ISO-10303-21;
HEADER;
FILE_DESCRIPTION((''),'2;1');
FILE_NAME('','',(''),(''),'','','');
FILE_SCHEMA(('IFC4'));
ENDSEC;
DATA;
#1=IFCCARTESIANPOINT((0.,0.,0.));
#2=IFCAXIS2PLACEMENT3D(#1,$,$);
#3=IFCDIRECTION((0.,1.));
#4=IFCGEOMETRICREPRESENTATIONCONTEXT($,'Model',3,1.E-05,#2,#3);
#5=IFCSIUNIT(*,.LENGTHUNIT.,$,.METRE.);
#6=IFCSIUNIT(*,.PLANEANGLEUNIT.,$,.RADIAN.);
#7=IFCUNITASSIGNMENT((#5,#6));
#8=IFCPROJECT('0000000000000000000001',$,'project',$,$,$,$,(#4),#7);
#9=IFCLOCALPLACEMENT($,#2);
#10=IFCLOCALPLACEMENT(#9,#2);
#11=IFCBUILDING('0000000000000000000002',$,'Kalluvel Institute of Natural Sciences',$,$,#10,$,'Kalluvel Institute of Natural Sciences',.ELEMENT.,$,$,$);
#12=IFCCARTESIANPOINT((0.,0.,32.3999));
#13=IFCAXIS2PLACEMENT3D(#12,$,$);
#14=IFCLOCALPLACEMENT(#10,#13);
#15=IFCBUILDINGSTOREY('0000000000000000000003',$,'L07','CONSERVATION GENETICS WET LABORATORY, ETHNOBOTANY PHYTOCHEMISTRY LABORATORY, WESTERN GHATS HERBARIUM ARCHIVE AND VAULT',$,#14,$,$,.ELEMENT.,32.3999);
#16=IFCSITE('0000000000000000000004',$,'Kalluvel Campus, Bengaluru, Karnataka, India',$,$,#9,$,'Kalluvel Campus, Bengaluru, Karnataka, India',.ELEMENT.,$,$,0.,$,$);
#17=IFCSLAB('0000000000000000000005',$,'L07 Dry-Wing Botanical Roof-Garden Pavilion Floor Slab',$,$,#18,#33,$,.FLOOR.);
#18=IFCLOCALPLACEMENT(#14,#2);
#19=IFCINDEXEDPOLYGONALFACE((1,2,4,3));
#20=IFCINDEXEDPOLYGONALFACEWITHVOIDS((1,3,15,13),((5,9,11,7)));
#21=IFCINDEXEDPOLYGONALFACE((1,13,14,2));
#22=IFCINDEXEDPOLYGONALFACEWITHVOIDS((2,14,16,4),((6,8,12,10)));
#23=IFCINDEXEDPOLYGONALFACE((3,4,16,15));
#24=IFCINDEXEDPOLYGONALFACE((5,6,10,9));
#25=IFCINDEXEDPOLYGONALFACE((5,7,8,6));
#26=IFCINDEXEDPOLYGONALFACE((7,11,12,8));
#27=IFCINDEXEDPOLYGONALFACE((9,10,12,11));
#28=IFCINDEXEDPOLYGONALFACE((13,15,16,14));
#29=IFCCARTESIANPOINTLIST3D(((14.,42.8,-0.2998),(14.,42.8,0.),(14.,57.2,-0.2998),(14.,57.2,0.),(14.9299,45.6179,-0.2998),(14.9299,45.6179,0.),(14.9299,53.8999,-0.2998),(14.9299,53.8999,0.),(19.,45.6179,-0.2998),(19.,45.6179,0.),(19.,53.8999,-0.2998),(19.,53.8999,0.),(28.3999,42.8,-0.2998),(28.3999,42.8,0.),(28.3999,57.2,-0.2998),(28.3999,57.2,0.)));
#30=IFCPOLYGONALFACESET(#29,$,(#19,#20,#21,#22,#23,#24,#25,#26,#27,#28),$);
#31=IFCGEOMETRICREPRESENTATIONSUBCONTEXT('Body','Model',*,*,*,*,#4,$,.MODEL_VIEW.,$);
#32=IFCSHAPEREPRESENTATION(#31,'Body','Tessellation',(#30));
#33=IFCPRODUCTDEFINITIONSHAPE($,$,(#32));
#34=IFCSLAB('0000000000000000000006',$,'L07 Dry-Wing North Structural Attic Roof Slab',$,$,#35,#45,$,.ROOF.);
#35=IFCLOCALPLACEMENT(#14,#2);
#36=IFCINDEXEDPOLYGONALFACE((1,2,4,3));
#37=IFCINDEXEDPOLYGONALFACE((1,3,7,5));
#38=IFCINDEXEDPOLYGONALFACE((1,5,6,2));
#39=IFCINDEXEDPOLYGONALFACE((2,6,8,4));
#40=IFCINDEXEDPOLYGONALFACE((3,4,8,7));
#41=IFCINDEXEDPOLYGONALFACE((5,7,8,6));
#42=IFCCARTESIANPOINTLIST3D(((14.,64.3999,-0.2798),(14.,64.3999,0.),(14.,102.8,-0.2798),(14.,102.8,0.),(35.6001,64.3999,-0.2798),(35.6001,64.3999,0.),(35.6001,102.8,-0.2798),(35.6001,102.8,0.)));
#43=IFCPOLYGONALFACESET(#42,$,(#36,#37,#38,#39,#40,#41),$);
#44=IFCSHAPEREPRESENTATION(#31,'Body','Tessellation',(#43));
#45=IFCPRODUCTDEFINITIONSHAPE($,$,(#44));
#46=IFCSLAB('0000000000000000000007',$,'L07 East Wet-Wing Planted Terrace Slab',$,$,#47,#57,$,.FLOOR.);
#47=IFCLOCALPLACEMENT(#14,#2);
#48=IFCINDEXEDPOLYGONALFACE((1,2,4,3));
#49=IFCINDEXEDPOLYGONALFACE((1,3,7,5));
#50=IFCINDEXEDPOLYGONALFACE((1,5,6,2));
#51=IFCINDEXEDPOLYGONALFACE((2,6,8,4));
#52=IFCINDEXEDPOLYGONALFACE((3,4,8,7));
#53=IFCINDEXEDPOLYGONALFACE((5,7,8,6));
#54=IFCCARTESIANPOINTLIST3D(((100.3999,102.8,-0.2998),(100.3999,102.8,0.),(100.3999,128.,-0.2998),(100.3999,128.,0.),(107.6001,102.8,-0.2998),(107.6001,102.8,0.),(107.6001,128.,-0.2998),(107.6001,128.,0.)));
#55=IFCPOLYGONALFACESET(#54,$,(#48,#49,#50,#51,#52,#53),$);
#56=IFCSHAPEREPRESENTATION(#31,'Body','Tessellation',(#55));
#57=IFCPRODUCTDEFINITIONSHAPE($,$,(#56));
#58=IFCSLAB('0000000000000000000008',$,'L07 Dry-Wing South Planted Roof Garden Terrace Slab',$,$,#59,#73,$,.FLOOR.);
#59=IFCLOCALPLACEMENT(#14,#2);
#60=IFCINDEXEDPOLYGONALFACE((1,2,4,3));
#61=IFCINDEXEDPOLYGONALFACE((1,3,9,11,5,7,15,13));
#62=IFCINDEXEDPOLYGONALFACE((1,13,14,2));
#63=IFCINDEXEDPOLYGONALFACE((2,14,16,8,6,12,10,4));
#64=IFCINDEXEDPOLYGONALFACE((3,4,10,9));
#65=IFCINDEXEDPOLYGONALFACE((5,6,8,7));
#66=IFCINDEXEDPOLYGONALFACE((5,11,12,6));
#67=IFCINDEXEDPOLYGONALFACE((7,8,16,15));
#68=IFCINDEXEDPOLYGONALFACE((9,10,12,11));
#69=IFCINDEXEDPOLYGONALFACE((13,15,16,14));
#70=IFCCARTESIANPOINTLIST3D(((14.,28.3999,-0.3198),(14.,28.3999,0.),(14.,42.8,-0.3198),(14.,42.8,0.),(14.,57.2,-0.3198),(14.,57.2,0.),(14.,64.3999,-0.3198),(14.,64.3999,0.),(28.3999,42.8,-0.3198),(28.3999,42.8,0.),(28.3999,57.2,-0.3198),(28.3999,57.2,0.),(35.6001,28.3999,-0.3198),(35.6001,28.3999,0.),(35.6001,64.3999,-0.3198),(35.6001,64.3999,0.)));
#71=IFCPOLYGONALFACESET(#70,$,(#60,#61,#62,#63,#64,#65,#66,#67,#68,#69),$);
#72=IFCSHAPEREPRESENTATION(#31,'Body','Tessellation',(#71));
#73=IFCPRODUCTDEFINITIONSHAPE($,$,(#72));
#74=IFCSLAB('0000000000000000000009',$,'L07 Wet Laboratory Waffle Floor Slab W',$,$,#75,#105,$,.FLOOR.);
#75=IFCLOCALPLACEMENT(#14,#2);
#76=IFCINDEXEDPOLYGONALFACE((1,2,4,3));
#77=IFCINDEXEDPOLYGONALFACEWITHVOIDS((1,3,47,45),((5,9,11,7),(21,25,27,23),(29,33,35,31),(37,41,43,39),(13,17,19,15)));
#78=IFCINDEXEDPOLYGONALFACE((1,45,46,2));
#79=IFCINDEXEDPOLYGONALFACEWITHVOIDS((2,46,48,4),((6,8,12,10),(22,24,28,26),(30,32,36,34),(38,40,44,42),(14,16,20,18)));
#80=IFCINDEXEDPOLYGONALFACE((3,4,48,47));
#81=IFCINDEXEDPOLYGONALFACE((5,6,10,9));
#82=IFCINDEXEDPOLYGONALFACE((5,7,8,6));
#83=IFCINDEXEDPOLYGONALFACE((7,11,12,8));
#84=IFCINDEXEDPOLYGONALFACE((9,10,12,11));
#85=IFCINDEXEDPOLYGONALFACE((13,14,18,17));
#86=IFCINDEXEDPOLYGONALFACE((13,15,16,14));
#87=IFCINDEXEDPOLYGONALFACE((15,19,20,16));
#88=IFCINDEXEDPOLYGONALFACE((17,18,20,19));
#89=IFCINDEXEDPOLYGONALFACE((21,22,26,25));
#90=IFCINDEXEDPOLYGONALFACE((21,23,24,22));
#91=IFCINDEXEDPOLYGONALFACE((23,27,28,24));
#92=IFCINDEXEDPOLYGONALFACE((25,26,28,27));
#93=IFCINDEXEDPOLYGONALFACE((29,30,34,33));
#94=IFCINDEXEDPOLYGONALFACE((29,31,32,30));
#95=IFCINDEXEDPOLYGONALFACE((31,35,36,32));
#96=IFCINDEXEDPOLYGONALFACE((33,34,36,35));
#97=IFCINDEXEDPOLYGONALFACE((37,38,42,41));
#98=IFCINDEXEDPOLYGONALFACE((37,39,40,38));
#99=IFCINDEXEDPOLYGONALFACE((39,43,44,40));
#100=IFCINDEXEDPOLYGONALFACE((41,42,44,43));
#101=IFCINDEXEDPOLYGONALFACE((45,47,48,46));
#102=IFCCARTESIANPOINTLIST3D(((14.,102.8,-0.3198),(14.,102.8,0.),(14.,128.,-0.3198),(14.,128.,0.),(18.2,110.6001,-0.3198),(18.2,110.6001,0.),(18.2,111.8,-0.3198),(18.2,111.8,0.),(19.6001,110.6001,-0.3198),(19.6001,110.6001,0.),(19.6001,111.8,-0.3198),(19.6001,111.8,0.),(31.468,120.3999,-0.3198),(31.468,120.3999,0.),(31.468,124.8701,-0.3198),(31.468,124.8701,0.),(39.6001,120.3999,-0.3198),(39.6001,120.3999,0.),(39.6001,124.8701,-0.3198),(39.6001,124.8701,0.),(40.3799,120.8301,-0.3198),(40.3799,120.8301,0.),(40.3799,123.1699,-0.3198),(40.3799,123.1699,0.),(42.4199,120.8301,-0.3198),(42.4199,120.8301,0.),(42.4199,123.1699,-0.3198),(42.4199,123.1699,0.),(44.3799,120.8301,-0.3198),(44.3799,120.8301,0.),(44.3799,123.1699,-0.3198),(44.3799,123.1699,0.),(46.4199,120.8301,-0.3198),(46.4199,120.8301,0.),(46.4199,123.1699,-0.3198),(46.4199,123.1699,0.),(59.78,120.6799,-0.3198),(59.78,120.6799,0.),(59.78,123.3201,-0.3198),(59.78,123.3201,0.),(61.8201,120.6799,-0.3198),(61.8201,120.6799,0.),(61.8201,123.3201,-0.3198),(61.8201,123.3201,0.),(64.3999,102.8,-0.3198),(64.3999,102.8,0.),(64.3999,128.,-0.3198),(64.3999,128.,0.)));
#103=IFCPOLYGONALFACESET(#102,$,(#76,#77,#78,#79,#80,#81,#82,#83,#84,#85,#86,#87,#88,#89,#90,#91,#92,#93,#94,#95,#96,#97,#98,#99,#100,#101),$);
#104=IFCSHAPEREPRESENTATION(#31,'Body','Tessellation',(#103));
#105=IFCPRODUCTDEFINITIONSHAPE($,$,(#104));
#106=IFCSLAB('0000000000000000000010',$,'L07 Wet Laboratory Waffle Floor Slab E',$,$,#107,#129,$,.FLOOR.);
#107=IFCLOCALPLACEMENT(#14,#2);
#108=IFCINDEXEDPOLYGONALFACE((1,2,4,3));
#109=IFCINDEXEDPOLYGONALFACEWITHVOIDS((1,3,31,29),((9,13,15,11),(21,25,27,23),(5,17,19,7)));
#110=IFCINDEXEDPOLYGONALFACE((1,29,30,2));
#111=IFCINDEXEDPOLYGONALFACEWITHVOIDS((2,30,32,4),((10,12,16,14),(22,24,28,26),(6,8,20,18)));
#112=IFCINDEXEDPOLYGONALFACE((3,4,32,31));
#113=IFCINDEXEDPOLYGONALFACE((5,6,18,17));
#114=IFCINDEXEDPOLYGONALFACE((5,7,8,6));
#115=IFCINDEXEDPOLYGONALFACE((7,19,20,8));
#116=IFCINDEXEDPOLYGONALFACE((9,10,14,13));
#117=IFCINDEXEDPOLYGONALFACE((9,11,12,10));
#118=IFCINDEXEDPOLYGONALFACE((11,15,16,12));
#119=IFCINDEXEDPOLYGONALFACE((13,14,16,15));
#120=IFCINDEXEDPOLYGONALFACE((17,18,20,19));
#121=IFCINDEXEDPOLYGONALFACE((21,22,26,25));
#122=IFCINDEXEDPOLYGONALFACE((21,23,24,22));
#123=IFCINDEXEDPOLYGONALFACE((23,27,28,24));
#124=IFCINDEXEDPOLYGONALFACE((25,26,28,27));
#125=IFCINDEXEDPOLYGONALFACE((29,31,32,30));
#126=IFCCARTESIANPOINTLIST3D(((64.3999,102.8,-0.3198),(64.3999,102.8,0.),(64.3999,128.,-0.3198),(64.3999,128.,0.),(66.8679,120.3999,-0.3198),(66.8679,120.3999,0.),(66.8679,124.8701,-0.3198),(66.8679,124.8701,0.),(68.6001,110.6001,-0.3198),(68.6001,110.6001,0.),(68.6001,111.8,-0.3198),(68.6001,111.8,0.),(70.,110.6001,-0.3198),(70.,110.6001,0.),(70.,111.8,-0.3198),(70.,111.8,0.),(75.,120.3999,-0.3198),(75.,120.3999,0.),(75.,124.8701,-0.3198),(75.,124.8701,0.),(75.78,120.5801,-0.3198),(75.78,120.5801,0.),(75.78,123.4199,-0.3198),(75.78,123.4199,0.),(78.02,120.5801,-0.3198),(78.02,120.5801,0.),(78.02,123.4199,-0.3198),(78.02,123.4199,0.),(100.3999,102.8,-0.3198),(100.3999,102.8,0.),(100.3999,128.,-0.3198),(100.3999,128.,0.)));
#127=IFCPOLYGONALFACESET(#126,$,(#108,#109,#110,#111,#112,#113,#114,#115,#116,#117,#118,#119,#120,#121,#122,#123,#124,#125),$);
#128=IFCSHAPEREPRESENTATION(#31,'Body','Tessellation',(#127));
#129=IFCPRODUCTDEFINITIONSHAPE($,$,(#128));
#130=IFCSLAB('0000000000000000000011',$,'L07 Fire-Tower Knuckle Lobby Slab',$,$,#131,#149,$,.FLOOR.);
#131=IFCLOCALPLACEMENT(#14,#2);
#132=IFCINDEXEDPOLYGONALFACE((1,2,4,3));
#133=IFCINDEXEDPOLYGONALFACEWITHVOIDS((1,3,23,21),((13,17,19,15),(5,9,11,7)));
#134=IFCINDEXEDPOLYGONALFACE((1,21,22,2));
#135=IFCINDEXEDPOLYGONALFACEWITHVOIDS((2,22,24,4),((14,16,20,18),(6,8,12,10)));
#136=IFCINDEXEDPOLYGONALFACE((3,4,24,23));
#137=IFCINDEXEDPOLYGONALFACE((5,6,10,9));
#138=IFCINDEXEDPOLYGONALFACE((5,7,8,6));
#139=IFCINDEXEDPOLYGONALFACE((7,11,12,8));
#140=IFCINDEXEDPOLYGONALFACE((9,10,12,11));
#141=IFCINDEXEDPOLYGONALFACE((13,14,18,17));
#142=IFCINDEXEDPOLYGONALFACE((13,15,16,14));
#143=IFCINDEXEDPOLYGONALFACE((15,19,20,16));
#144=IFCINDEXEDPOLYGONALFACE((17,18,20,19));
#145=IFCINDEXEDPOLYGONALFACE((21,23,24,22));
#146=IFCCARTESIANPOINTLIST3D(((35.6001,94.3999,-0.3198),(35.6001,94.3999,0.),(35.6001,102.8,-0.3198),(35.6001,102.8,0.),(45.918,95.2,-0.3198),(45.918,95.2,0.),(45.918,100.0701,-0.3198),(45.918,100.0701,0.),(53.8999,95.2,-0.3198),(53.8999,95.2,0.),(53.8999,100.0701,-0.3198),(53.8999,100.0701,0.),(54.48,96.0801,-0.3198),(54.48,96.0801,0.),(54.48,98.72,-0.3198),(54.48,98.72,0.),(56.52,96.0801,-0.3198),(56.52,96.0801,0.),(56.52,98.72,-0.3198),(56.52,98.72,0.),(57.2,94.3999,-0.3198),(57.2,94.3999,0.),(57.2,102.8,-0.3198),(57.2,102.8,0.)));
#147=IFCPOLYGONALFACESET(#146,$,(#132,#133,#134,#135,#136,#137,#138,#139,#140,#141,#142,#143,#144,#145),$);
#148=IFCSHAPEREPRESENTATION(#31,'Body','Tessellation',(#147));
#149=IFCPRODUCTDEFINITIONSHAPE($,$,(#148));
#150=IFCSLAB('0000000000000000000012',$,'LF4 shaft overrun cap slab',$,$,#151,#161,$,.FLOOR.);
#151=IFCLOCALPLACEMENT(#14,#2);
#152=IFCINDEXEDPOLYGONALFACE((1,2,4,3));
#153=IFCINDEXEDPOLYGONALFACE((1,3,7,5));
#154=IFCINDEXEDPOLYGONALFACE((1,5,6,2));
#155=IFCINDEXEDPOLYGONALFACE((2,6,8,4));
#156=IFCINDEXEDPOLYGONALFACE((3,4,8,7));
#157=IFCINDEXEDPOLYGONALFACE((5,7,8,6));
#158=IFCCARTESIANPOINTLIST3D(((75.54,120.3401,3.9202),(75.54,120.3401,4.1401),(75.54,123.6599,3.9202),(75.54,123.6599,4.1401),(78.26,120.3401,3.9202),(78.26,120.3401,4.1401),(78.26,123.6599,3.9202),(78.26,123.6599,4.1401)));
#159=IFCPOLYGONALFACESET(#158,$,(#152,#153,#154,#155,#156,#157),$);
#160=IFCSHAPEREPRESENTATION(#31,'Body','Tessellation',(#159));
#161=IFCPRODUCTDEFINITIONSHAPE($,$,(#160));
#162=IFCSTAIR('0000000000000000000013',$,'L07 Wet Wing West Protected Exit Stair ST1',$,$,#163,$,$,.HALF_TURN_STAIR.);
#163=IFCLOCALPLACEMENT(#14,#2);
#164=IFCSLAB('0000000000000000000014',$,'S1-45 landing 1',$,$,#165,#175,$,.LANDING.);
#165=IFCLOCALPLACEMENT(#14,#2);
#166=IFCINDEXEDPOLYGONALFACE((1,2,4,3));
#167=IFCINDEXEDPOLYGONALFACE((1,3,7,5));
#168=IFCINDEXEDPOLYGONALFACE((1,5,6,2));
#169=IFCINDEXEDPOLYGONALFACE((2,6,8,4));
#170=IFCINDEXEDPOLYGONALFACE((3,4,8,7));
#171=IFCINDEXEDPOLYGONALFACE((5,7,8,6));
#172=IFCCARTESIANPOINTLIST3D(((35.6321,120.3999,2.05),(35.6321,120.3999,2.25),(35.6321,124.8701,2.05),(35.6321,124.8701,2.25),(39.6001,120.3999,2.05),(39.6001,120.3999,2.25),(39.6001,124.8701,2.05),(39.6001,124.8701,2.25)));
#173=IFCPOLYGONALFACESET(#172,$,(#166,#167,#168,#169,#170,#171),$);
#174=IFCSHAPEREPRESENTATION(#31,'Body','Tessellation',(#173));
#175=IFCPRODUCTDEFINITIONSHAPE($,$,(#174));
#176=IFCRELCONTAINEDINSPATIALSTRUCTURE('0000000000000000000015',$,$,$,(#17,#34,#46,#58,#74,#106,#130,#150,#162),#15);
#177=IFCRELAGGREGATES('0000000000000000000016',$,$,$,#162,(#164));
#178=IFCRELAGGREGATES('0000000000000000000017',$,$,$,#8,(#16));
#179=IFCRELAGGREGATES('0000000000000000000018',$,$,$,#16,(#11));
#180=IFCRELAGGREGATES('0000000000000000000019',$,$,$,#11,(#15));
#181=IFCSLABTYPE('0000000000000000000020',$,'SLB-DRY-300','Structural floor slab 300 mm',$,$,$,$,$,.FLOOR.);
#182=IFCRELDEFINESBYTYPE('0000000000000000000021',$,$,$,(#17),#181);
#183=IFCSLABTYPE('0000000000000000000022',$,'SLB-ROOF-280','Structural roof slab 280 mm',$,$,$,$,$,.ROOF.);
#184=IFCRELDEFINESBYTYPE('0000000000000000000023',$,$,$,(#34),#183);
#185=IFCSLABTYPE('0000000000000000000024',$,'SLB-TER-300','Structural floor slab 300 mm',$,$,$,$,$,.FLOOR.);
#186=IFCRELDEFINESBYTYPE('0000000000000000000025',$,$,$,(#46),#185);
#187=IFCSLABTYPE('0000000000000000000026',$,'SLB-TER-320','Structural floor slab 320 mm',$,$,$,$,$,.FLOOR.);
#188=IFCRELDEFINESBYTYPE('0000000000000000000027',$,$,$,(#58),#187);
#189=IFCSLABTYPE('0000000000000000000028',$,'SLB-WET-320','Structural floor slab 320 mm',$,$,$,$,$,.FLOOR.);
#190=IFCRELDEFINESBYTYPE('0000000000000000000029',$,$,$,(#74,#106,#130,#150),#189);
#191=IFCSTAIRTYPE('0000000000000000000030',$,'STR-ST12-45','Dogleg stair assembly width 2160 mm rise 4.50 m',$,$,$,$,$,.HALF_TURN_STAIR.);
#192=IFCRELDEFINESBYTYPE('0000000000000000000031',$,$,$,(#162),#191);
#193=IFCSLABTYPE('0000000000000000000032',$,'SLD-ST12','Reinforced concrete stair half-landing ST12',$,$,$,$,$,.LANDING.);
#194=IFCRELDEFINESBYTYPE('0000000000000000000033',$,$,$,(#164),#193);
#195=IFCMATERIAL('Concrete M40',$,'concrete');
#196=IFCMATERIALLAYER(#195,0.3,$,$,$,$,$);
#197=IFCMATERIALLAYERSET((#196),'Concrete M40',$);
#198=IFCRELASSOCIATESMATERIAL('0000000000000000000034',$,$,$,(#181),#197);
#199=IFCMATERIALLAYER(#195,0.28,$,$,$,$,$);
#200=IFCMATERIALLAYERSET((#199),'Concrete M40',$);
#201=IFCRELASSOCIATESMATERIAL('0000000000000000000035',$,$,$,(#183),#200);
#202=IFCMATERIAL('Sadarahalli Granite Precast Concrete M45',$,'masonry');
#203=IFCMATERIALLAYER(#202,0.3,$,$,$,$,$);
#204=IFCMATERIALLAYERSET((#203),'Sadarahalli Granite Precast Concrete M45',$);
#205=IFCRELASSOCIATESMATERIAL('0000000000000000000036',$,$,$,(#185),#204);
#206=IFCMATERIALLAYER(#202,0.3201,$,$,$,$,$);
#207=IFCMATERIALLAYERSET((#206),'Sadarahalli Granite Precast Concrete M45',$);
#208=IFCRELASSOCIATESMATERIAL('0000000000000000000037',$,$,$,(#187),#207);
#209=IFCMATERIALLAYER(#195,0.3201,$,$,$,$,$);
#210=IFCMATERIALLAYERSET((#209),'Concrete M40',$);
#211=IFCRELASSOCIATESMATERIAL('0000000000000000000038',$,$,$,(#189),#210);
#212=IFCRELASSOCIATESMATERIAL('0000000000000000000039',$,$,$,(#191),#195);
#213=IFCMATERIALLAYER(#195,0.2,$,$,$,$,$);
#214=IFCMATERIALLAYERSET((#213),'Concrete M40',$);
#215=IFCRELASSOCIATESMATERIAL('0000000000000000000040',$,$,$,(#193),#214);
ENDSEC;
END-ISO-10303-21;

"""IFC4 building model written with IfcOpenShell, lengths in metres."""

from ifc_helpers import new_model, si_unit, direction, frame, origin, place, context, subcontext, project, spatial, polyline, outline, extrude, material, layer, layer_set, type_object, element, aggregate, save


model = new_model("IFC4")

# Units and contexts
model_context = context("Model", 3, precision=1e-05, world=origin(), true_north=direction((0.0, 1.0)))
body_context = subcontext(model_context, "Body", "Model", "MODEL_VIEW")
ifc_project = project(units=[si_unit("LENGTHUNIT", "METRE"), si_unit("PLANEANGLEUNIT", "RADIAN")], contexts=[model_context])

# Site, building, storey
site_placement = place(None, origin())
site = spatial("IfcSite", under=ifc_project, at=site_placement, Name="Kalluvel Campus, Bengaluru, Karnataka, India", LongName="Kalluvel Campus, Bengaluru, Karnataka, India", CompositionType="ELEMENT", RefElevation=0.0)
building_placement = place(site_placement, origin())
building = spatial("IfcBuilding", under=site, at=building_placement, Name="Kalluvel Institute of Natural Sciences", LongName="Kalluvel Institute of Natural Sciences", CompositionType="ELEMENT")
storey_placement = place(building_placement, frame((0.0, 0.0, 32.3999)))
storey = spatial("IfcBuildingStorey", under=building, at=storey_placement, Name="L07", Description="CONSERVATION GENETICS WET LABORATORY, ETHNOBOTANY PHYTOCHEMISTRY LABORATORY, WESTERN GHATS HERBARIUM ARCHIVE AND VAULT", CompositionType="ELEMENT", Elevation=32.3999)

# Shared definitions
ifc_material_1 = material(Name="Concrete M40", Category="concrete")

# Slabs
ifc_layer_1 = layer(ifc_material_1, 0.3)
ifc_layer_set_1 = layer_set([ifc_layer_1], Name="Concrete M40")
slab_type_1 = type_object("IfcSlabType", Name="SLB-DRY-300", Description="Structural floor slab 300 mm", PredefinedType="FLOOR", material=ifc_layer_set_1)
slab_1_placement = place(storey_placement, frame((0.0, 0.0, -0.2998)))
element("IfcSlab", 1, at=slab_1_placement, inside=storey, type_object=slab_type_1, Name="L07 Dry-Wing Botanical Roof-Garden Pavilion Floor Slab", PredefinedType="FLOOR", context=body_context, shape_type="SweptSolid", body=[
    extrude(outline(polyline([(14.0, 42.8), (28.3999, 42.8), (28.3999, 57.2), (14.0, 57.2), (14.0, 42.8)]), holes=[polyline([(19.0, 45.6179), (14.9299, 45.6179), (14.9299, 53.8999), (19.0, 53.8999), (19.0, 45.6179)])]), origin(), (0.0, 0.0, 1.0), 0.2998),
])
ifc_layer_2 = layer(ifc_material_1, 0.28)
ifc_layer_set_2 = layer_set([ifc_layer_2], Name="Concrete M40")
slab_type_2 = type_object("IfcSlabType", Name="SLB-ROOF-280", Description="Structural roof slab 280 mm", PredefinedType="ROOF", material=ifc_layer_set_2)
slab_2_placement = place(storey_placement, frame((0.0, 0.0, -0.2798)))
element("IfcSlab", 2, at=slab_2_placement, inside=storey, type_object=slab_type_2, Name="L07 Dry-Wing North Structural Attic Roof Slab", PredefinedType="ROOF", context=body_context, shape_type="SweptSolid", body=[
    extrude(outline(polyline([(14.0, 64.3999), (35.6001, 64.3999), (35.6001, 102.8), (14.0, 102.8), (14.0, 64.3999)])), origin(), (0.0, 0.0, 1.0), 0.2798),
])
ifc_material_2 = material(Name="Sadarahalli Granite Precast Concrete M45", Category="masonry")
ifc_layer_3 = layer(ifc_material_2, 0.3)
ifc_layer_set_3 = layer_set([ifc_layer_3], Name="Sadarahalli Granite Precast Concrete M45")
slab_type_3 = type_object("IfcSlabType", Name="SLB-TER-300", Description="Structural floor slab 300 mm", PredefinedType="FLOOR", material=ifc_layer_set_3)
slab_3_placement = place(storey_placement, frame((0.0, 0.0, -0.2998)))
element("IfcSlab", 3, at=slab_3_placement, inside=storey, type_object=slab_type_3, Name="L07 East Wet-Wing Planted Terrace Slab", PredefinedType="FLOOR", context=body_context, shape_type="SweptSolid", body=[
    extrude(outline(polyline([(100.3999, 102.8), (107.6001, 102.8), (107.6001, 128.0), (100.3999, 128.0), (100.3999, 102.8)])), origin(), (0.0, 0.0, 1.0), 0.2998),
])
ifc_layer_4 = layer(ifc_material_2, 0.3201)
ifc_layer_set_4 = layer_set([ifc_layer_4], Name="Sadarahalli Granite Precast Concrete M45")
slab_type_4 = type_object("IfcSlabType", Name="SLB-TER-320", Description="Structural floor slab 320 mm", PredefinedType="FLOOR", material=ifc_layer_set_4)
slab_4_placement = place(storey_placement, frame((0.0, 0.0, -0.3198)))
element("IfcSlab", 4, at=slab_4_placement, inside=storey, type_object=slab_type_4, Name="L07 Dry-Wing South Planted Roof Garden Terrace Slab", PredefinedType="FLOOR", context=body_context, shape_type="SweptSolid", body=[
    extrude(outline(polyline([(14.0, 64.3999), (35.6001, 64.3999), (35.6001, 28.3999), (14.0, 28.3999), (14.0, 42.8), (28.3999, 42.8), (28.3999, 57.2), (14.0, 57.2), (14.0, 64.3999)])), origin(), (0.0, 0.0, 1.0), 0.3198),
])
ifc_layer_5 = layer(ifc_material_1, 0.3201)
ifc_layer_set_5 = layer_set([ifc_layer_5], Name="Concrete M40")
slab_type_5 = type_object("IfcSlabType", Name="SLB-WET-320", Description="Structural floor slab 320 mm", PredefinedType="FLOOR", material=ifc_layer_set_5)
slab_5_placement = place(storey_placement, frame((0.0, 0.0, -0.3198)))
element("IfcSlab", 5, at=slab_5_placement, inside=storey, type_object=slab_type_5, Name="L07 Wet Laboratory Waffle Floor Slab W", PredefinedType="FLOOR", context=body_context, shape_type="SweptSolid", body=[
    extrude(outline(polyline([(14.0, 102.8), (64.3999, 102.8), (64.3999, 128.0), (14.0, 128.0), (14.0, 102.8)]), holes=[polyline([(61.8201, 120.6799), (59.78, 120.6799), (59.78, 123.3201), (61.8201, 123.3201), (61.8201, 120.6799)]), polyline([(46.4199, 123.1699), (46.4199, 120.8301), (44.3799, 120.8301), (44.3799, 123.1699), (46.4199, 123.1699)]), polyline([(42.4199, 123.1699), (42.4199, 120.8301), (40.3799, 120.8301), (40.3799, 123.1699), (42.4199, 123.1699)]), polyline([(39.6001, 120.3999), (31.468, 120.3999), (31.468, 124.8701), (39.6001, 124.8701), (39.6001, 120.3999)]), polyline([(19.6001, 111.8), (19.6001, 110.6001), (18.2, 110.6001), (18.2, 111.8), (19.6001, 111.8)])]), origin(), (0.0, 0.0, 1.0), 0.3198),
])
slab_6_placement = place(storey_placement, frame((0.0, 0.0, -0.3198)))
element("IfcSlab", 6, at=slab_6_placement, inside=storey, type_object=slab_type_5, Name="L07 Wet Laboratory Waffle Floor Slab E", PredefinedType="FLOOR", context=body_context, shape_type="SweptSolid", body=[
    extrude(outline(polyline([(64.3999, 102.8), (100.3999, 102.8), (100.3999, 128.0), (64.3999, 128.0), (64.3999, 102.8)]), holes=[polyline([(78.02, 123.4199), (78.02, 120.5801), (75.78, 120.5801), (75.78, 123.4199), (78.02, 123.4199)]), polyline([(75.0, 124.8701), (75.0, 120.3999), (66.8679, 120.3999), (66.8679, 124.8701), (75.0, 124.8701)]), polyline([(68.6001, 111.8), (70.0, 111.8), (70.0, 110.6001), (68.6001, 110.6001), (68.6001, 111.8)])]), origin(), (0.0, 0.0, 1.0), 0.3198),
])
slab_7_placement = place(storey_placement, frame((0.0, 0.0, -0.3198)))
element("IfcSlab", 7, at=slab_7_placement, inside=storey, type_object=slab_type_5, Name="L07 Fire-Tower Knuckle Lobby Slab", PredefinedType="FLOOR", context=body_context, shape_type="SweptSolid", body=[
    extrude(outline(polyline([(35.6001, 94.3999), (57.2, 94.3999), (57.2, 102.8), (35.6001, 102.8), (35.6001, 94.3999)]), holes=[polyline([(54.48, 98.72), (56.52, 98.72), (56.52, 96.0801), (54.48, 96.0801), (54.48, 98.72)]), polyline([(45.918, 100.0701), (53.8999, 100.0701), (53.8999, 95.2), (45.918, 95.2), (45.918, 100.0701)])]), origin(), (0.0, 0.0, 1.0), 0.3198),
])
slab_8_placement = place(storey_placement, frame((0.0, 0.0, 3.9202)))
element("IfcSlab", 8, at=slab_8_placement, inside=storey, type_object=slab_type_5, Name="LF4 shaft overrun cap slab", PredefinedType="FLOOR", context=body_context, shape_type="SweptSolid", body=[
    extrude(outline(polyline([(75.54, 120.3401), (78.26, 120.3401), (78.26, 123.6599), (75.54, 123.6599), (75.54, 120.3401)])), origin(), (0.0, 0.0, 1.0), 0.22),
])

# Stair, slab
stair_type_1 = type_object("IfcStairType", Name="STR-ST12-45", Description="Dogleg stair assembly width 2160 mm rise 4.50 m", PredefinedType="HALF_TURN_STAIR", material=ifc_material_1)
stair_1_placement = place(storey_placement, origin())
stair_1 = element("IfcStair", 9, at=stair_1_placement, inside=storey, type_object=stair_type_1, Name="L07 Wet Wing West Protected Exit Stair ST1", PredefinedType="HALF_TURN_STAIR")
ifc_layer_6 = layer(ifc_material_1, 0.2)
ifc_layer_set_6 = layer_set([ifc_layer_6], Name="Concrete M40")
slab_type_6 = type_object("IfcSlabType", Name="SLD-ST12", Description="Reinforced concrete stair half-landing ST12", PredefinedType="LANDING", material=ifc_layer_set_6)
slab_9_placement = place(storey_placement, frame((0.0, 0.0, 2.05)))
slab_9 = element("IfcSlab", 10, at=slab_9_placement, type_object=slab_type_6, Name="S1-45 landing 1", PredefinedType="LANDING", context=body_context, shape_type="SweptSolid", body=[
    extrude(outline(polyline([(35.6321, 120.3999), (39.6001, 120.3999), (39.6001, 124.8701), (35.6321, 124.8701), (35.6321, 120.3999)])), origin(), (0.0, 0.0, 1.0), 0.2),
])
aggregate(stair_1, [slab_9])

save(model, "model.ifc")
